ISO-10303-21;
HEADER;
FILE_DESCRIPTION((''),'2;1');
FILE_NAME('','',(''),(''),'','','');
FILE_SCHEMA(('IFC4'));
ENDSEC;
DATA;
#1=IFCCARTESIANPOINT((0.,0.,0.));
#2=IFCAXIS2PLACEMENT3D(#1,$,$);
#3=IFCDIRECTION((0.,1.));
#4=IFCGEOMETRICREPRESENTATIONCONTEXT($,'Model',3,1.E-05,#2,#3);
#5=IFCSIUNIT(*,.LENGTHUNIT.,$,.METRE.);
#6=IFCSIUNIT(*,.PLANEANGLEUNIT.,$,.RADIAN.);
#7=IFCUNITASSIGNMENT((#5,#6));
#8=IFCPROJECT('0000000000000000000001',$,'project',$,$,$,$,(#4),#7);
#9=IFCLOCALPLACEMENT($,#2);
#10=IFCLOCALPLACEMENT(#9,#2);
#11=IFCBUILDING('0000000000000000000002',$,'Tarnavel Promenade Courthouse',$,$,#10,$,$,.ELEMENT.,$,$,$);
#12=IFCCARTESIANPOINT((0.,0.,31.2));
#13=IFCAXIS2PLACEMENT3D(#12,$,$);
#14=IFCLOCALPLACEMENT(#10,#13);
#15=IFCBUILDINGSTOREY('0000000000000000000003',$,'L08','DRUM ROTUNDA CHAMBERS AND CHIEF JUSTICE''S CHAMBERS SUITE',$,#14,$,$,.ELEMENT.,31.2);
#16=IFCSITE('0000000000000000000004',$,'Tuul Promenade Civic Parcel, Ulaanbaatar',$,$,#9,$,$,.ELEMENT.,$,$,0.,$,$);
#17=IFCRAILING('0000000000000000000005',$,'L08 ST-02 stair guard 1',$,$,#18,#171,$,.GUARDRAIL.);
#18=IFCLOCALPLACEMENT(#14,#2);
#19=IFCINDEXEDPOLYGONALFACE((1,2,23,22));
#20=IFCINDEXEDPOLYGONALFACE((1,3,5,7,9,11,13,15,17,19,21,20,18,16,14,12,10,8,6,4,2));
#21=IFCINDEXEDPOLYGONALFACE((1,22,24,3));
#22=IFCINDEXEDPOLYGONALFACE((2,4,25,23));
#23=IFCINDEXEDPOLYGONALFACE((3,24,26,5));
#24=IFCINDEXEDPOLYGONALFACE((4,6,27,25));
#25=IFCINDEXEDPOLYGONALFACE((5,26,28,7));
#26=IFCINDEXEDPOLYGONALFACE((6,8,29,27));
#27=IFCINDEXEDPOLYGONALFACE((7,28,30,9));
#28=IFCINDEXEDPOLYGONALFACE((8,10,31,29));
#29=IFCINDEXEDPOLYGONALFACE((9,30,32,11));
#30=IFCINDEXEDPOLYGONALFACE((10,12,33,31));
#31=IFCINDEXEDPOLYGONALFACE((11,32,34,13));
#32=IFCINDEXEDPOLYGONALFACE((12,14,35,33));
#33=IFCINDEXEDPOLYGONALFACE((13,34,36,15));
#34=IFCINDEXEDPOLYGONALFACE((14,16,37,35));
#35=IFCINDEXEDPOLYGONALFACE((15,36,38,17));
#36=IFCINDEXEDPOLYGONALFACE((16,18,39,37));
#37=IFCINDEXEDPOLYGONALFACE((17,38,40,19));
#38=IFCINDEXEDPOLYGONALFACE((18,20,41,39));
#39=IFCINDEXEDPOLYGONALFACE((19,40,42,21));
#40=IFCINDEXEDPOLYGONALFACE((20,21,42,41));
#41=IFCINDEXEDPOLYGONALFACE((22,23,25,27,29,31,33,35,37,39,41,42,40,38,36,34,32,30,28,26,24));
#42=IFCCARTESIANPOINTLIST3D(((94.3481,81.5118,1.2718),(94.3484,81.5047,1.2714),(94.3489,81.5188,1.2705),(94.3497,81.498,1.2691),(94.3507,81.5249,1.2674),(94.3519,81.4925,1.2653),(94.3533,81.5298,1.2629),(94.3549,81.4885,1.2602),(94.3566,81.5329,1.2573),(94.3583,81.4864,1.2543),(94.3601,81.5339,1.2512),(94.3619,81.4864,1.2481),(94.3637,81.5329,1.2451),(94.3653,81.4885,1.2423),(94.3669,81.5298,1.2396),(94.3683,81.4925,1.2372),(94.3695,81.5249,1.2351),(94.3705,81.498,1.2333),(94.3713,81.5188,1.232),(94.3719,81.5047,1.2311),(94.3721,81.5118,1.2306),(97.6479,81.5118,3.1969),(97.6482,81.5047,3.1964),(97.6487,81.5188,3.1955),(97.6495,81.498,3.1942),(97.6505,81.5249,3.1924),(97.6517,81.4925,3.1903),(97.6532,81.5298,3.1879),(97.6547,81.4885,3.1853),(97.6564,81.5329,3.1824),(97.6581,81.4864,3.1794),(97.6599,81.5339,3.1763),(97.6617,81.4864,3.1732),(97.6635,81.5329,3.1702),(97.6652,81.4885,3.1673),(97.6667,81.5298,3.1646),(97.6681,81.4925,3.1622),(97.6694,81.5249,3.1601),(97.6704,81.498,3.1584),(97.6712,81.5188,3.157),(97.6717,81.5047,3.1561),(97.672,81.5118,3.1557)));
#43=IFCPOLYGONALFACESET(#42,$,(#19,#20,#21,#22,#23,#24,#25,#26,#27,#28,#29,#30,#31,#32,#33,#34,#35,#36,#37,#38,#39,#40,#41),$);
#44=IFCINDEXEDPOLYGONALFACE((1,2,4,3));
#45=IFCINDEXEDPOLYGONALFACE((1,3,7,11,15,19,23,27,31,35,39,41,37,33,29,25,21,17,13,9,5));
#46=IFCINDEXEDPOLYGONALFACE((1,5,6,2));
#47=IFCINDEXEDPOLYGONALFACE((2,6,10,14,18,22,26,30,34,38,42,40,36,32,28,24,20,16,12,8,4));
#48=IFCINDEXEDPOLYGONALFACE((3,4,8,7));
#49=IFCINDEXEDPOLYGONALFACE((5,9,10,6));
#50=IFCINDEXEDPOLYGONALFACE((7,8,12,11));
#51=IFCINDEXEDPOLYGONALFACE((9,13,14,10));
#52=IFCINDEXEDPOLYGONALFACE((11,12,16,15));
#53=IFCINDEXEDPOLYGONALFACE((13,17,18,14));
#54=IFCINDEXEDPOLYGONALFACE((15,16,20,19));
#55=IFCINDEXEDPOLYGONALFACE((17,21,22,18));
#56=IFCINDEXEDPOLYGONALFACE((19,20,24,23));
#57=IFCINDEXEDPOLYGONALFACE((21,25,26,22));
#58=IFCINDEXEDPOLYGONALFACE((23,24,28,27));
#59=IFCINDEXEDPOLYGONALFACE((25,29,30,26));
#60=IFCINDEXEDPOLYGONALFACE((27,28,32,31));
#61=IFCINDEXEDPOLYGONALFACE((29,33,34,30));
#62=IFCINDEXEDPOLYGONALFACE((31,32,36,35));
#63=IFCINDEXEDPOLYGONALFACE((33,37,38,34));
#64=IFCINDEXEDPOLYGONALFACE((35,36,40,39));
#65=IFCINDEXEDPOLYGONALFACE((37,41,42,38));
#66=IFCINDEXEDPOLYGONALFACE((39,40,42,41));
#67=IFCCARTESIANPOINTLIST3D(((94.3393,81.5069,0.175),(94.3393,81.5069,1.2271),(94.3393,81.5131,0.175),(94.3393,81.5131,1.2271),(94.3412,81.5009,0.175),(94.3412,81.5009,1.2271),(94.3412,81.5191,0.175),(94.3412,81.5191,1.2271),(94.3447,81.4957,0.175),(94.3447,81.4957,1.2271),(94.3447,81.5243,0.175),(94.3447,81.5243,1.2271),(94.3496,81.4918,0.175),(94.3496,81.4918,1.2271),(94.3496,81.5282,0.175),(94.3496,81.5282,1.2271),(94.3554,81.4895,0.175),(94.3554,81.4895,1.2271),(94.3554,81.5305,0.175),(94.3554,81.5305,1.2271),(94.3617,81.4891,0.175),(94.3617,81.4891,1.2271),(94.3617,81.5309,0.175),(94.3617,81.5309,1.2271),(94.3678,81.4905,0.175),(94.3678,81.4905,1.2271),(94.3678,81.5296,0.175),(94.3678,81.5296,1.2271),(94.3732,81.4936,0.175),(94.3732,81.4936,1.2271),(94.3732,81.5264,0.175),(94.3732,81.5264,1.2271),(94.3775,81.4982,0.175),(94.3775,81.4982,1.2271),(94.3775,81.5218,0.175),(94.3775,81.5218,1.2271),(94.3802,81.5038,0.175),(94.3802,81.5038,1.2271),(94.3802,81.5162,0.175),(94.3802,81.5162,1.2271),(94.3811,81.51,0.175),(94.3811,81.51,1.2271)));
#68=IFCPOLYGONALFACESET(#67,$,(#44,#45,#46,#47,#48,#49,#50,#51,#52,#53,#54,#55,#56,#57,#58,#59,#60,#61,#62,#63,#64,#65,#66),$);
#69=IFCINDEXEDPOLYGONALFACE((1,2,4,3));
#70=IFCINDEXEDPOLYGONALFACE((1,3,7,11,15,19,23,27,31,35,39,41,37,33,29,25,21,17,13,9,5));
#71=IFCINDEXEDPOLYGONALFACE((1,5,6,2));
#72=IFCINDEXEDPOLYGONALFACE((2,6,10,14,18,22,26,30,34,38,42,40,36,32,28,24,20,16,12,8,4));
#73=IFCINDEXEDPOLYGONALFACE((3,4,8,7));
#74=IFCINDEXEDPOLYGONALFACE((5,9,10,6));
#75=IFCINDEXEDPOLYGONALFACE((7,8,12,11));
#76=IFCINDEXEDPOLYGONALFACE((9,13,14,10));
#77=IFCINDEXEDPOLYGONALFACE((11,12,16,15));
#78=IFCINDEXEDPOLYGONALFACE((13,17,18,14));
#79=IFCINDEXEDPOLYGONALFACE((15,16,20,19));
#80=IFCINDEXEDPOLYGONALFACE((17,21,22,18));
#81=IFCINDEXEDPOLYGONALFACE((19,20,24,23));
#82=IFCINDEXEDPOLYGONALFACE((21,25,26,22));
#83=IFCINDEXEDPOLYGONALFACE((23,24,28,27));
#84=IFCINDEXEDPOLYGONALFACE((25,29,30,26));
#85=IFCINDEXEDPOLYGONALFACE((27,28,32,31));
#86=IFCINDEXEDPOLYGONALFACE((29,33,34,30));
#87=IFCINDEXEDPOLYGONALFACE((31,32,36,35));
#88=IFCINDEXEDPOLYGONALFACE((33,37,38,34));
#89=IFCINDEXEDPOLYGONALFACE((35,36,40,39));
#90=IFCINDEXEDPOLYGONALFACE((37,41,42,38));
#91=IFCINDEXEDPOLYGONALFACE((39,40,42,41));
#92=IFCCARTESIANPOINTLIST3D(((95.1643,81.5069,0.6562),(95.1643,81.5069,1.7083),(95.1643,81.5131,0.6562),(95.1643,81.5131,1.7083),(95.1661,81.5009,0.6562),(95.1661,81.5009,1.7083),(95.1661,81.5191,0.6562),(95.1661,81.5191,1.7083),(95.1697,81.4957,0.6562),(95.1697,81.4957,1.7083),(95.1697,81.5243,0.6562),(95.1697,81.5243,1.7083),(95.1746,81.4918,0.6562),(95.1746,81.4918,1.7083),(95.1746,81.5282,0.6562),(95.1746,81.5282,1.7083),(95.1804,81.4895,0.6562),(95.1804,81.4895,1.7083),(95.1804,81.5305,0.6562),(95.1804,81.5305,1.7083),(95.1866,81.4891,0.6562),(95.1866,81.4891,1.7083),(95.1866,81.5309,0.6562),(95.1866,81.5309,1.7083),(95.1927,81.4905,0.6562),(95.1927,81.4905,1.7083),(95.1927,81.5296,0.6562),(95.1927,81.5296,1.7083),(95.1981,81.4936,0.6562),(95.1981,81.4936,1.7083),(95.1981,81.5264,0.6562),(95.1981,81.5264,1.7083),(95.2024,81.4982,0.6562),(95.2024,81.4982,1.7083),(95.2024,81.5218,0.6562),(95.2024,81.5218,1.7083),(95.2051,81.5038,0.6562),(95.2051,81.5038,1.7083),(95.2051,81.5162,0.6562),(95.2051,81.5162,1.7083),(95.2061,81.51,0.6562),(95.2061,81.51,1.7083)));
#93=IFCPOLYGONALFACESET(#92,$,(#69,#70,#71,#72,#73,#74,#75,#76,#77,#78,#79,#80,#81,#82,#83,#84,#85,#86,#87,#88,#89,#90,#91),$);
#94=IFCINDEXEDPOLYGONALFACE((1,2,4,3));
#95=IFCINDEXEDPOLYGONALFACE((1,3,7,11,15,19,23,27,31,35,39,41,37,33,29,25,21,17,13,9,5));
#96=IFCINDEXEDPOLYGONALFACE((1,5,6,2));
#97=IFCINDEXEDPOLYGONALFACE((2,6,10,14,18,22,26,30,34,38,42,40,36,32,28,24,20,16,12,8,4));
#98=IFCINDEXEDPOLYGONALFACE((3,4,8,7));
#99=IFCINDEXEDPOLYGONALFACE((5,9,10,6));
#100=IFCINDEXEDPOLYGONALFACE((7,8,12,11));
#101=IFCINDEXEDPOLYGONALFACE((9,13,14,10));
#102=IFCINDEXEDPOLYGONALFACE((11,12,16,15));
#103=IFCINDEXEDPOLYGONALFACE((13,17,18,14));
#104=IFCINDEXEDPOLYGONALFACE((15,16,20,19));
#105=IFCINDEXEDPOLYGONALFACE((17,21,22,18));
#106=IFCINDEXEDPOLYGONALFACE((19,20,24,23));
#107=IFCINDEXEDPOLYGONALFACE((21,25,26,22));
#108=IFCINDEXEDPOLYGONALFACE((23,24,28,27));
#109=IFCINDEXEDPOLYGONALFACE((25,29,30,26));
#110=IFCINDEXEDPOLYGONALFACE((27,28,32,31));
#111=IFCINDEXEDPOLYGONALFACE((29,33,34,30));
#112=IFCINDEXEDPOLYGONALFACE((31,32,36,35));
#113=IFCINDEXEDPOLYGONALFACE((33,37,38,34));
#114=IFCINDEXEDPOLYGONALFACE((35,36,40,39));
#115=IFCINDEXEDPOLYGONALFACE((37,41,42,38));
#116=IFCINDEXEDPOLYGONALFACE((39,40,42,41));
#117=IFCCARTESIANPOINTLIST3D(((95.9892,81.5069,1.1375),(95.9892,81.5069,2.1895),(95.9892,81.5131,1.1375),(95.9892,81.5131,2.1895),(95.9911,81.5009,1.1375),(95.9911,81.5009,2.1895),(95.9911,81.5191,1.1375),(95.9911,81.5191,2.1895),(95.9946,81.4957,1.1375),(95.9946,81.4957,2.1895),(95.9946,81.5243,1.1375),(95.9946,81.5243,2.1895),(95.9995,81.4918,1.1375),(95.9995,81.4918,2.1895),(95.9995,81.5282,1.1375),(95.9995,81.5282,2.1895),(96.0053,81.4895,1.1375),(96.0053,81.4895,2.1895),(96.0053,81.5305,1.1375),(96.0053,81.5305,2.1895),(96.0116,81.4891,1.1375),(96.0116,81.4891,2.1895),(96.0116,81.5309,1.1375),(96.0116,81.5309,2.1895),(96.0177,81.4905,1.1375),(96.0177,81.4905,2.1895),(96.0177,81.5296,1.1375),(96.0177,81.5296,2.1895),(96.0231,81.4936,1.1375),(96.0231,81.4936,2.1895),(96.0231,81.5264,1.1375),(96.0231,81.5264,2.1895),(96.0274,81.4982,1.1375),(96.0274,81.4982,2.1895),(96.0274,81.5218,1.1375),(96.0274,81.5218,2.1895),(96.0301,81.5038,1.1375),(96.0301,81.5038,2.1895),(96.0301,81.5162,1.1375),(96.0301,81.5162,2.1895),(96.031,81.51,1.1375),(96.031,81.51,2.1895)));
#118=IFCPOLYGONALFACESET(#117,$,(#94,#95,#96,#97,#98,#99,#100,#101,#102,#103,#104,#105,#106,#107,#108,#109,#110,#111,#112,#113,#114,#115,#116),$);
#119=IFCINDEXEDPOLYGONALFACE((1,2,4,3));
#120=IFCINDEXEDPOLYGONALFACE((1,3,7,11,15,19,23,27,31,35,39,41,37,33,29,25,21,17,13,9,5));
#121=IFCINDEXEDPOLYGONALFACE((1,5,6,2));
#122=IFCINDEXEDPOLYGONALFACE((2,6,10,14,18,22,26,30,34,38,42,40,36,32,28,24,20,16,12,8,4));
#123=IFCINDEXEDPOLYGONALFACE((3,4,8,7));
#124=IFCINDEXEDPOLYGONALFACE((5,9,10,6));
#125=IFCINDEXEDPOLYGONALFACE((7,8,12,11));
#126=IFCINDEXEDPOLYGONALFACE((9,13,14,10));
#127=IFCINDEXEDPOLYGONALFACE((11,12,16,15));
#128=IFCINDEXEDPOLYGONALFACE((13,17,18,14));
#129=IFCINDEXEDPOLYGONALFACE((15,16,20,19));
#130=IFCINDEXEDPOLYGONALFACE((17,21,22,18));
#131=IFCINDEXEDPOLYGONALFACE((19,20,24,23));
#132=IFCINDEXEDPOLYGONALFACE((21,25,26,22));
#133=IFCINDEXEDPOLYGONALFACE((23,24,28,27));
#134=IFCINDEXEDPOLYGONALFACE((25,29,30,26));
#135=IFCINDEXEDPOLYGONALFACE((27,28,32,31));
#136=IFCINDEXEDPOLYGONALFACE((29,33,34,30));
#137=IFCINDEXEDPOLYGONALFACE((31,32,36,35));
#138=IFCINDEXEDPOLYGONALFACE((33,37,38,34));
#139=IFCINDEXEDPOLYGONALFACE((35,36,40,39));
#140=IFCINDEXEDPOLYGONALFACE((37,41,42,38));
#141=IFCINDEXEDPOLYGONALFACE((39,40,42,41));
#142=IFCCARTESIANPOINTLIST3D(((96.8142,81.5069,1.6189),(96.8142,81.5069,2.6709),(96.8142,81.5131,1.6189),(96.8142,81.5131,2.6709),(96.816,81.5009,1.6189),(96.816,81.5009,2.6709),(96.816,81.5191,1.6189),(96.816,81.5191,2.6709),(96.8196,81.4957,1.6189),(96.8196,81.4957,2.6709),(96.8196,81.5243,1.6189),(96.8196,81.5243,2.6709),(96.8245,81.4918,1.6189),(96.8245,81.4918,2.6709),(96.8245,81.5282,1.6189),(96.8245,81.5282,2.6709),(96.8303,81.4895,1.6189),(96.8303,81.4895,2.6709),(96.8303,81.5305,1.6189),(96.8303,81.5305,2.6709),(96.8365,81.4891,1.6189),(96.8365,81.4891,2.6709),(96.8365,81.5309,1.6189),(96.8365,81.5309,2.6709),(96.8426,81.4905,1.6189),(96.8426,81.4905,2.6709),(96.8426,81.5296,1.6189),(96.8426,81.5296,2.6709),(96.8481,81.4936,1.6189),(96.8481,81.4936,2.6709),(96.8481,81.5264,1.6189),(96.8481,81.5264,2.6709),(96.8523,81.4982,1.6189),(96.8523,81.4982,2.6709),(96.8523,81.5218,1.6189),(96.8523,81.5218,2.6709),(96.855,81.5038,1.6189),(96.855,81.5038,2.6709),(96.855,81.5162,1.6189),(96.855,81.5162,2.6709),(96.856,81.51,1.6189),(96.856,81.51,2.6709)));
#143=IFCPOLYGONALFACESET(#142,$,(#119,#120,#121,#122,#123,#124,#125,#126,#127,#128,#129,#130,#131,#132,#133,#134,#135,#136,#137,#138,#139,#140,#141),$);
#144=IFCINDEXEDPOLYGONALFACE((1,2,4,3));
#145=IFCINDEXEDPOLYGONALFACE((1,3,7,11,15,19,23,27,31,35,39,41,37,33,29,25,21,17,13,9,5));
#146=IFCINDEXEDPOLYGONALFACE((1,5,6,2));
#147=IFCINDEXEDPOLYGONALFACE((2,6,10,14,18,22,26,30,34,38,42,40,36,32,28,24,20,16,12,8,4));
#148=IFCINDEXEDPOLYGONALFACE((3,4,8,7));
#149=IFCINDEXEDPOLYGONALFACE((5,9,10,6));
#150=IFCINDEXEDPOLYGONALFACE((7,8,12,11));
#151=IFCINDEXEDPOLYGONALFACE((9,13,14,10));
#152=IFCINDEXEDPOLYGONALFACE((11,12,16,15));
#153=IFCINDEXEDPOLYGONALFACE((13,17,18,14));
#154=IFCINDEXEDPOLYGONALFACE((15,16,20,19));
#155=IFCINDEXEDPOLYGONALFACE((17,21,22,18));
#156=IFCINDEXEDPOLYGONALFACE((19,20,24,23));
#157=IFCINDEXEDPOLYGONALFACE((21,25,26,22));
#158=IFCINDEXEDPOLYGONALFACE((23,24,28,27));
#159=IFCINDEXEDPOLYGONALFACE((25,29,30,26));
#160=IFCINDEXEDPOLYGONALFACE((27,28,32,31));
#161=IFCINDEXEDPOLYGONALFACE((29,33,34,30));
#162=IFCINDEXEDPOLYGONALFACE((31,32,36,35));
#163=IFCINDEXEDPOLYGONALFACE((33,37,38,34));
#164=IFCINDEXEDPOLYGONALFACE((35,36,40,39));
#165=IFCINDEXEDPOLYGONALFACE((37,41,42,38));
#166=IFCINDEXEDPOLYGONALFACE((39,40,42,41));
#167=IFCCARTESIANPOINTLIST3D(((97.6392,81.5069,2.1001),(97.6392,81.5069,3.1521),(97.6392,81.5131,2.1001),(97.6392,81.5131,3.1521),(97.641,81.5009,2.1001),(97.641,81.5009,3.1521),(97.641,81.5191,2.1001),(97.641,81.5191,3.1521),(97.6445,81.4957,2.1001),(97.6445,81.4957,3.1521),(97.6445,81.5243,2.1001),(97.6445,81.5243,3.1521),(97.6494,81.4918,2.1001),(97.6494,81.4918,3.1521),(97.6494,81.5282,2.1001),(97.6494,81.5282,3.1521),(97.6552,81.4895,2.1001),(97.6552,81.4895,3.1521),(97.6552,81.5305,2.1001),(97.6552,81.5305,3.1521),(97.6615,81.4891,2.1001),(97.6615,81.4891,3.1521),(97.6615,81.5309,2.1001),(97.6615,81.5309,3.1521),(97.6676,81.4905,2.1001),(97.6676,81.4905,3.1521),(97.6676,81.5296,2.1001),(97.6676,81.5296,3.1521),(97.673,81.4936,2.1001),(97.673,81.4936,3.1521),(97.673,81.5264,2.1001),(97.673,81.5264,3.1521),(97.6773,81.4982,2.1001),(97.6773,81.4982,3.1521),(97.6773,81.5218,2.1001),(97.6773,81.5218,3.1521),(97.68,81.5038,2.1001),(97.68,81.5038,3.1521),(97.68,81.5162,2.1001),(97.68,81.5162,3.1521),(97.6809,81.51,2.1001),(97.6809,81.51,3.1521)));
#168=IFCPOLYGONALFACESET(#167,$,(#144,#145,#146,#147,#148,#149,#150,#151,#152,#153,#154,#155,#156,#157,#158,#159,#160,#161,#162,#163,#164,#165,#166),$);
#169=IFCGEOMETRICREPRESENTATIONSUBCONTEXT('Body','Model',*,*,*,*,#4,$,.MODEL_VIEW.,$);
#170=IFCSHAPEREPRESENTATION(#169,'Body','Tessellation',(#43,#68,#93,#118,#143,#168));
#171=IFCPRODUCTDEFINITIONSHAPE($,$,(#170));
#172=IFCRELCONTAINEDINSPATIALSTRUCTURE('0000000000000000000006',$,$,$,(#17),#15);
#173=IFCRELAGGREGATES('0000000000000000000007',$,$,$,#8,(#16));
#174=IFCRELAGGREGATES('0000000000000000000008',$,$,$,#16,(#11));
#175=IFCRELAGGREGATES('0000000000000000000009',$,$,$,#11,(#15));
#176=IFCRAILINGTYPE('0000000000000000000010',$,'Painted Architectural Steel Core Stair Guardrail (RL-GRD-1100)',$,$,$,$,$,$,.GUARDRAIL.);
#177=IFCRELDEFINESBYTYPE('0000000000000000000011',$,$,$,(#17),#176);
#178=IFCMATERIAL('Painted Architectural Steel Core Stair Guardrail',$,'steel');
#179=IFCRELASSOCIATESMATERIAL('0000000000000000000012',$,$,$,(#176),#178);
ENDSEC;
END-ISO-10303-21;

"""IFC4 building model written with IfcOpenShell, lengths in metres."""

from ifc_helpers import new_model, si_unit, direction, frame, origin, origin_2d, place, context, subcontext, project, spatial, circle, extrude, material, type_object, element, save


model = new_model("IFC4")

# Units and contexts
model_context = context("Model", 3, precision=1e-05, world=origin(), true_north=direction((0.0, 1.0)))
body_context = subcontext(model_context, "Body", "Model", "MODEL_VIEW")
ifc_project = project(units=[si_unit("LENGTHUNIT", "METRE"), si_unit("PLANEANGLEUNIT", "RADIAN")], contexts=[model_context])

# Site, building, storey
site_placement = place(None, origin())
site = spatial("IfcSite", under=ifc_project, at=site_placement, Name="Tuul Promenade Civic Parcel, Ulaanbaatar", CompositionType="ELEMENT", RefElevation=0.0)
building_placement = place(site_placement, origin())
building = spatial("IfcBuilding", under=site, at=building_placement, Name="Tarnavel Promenade Courthouse", CompositionType="ELEMENT")
storey_placement = place(building_placement, frame((0.0, 0.0, 31.2)))
storey = spatial("IfcBuildingStorey", under=building, at=storey_placement, Name="L08", Description="DRUM ROTUNDA CHAMBERS AND CHIEF JUSTICE'S CHAMBERS SUITE", CompositionType="ELEMENT", Elevation=31.2)

# Railing
ifc_material_1 = material(Name="Painted Architectural Steel Core Stair Guardrail", Category="steel")
railing_type_1 = type_object("IfcRailingType", Name="Painted Architectural Steel Core Stair Guardrail (RL-GRD-1100)", PredefinedType="GUARDRAIL", material=ifc_material_1)
railing_1_placement = place(storey_placement, frame((94.3601, 81.51, 0.175)))
element("IfcRailing", 1, at=railing_1_placement, inside=storey, type_object=railing_type_1, Name="L08 ST-02 stair guard 1", PredefinedType="GUARDRAIL", context=body_context, shape_type="SweptSolid", body=[
    extrude(circle(Radius=0.0239, at=origin_2d()), frame((0.0, 0.0, 1.0762), z_axis=(0.86376, 0.0, 0.503903), x_axis=(0.0, 1.0, 0.0)), (0.0, 0.0, 1.0), 3.8203),
    extrude(circle(Radius=0.021, at=origin_2d()), origin(), (0.0, 0.0, 1.0), 1.052),
    extrude(circle(Radius=0.021, at=origin_2d()), frame((0.825, 0.0, 0.4812)), (0.0, 0.0, 1.0), 1.052),
    extrude(circle(Radius=0.021, at=origin_2d()), frame((1.6499, 0.0, 0.9624)), (0.0, 0.0, 1.0), 1.052),
    extrude(circle(Radius=0.021, at=origin_2d()), frame((2.4749, 0.0, 1.4438)), (0.0, 0.0, 1.0), 1.052),
    extrude(circle(Radius=0.021, at=origin_2d()), frame((3.2998, 0.0, 1.925)), (0.0, 0.0, 1.0), 1.052),
])

save(model, "model.ifc")
